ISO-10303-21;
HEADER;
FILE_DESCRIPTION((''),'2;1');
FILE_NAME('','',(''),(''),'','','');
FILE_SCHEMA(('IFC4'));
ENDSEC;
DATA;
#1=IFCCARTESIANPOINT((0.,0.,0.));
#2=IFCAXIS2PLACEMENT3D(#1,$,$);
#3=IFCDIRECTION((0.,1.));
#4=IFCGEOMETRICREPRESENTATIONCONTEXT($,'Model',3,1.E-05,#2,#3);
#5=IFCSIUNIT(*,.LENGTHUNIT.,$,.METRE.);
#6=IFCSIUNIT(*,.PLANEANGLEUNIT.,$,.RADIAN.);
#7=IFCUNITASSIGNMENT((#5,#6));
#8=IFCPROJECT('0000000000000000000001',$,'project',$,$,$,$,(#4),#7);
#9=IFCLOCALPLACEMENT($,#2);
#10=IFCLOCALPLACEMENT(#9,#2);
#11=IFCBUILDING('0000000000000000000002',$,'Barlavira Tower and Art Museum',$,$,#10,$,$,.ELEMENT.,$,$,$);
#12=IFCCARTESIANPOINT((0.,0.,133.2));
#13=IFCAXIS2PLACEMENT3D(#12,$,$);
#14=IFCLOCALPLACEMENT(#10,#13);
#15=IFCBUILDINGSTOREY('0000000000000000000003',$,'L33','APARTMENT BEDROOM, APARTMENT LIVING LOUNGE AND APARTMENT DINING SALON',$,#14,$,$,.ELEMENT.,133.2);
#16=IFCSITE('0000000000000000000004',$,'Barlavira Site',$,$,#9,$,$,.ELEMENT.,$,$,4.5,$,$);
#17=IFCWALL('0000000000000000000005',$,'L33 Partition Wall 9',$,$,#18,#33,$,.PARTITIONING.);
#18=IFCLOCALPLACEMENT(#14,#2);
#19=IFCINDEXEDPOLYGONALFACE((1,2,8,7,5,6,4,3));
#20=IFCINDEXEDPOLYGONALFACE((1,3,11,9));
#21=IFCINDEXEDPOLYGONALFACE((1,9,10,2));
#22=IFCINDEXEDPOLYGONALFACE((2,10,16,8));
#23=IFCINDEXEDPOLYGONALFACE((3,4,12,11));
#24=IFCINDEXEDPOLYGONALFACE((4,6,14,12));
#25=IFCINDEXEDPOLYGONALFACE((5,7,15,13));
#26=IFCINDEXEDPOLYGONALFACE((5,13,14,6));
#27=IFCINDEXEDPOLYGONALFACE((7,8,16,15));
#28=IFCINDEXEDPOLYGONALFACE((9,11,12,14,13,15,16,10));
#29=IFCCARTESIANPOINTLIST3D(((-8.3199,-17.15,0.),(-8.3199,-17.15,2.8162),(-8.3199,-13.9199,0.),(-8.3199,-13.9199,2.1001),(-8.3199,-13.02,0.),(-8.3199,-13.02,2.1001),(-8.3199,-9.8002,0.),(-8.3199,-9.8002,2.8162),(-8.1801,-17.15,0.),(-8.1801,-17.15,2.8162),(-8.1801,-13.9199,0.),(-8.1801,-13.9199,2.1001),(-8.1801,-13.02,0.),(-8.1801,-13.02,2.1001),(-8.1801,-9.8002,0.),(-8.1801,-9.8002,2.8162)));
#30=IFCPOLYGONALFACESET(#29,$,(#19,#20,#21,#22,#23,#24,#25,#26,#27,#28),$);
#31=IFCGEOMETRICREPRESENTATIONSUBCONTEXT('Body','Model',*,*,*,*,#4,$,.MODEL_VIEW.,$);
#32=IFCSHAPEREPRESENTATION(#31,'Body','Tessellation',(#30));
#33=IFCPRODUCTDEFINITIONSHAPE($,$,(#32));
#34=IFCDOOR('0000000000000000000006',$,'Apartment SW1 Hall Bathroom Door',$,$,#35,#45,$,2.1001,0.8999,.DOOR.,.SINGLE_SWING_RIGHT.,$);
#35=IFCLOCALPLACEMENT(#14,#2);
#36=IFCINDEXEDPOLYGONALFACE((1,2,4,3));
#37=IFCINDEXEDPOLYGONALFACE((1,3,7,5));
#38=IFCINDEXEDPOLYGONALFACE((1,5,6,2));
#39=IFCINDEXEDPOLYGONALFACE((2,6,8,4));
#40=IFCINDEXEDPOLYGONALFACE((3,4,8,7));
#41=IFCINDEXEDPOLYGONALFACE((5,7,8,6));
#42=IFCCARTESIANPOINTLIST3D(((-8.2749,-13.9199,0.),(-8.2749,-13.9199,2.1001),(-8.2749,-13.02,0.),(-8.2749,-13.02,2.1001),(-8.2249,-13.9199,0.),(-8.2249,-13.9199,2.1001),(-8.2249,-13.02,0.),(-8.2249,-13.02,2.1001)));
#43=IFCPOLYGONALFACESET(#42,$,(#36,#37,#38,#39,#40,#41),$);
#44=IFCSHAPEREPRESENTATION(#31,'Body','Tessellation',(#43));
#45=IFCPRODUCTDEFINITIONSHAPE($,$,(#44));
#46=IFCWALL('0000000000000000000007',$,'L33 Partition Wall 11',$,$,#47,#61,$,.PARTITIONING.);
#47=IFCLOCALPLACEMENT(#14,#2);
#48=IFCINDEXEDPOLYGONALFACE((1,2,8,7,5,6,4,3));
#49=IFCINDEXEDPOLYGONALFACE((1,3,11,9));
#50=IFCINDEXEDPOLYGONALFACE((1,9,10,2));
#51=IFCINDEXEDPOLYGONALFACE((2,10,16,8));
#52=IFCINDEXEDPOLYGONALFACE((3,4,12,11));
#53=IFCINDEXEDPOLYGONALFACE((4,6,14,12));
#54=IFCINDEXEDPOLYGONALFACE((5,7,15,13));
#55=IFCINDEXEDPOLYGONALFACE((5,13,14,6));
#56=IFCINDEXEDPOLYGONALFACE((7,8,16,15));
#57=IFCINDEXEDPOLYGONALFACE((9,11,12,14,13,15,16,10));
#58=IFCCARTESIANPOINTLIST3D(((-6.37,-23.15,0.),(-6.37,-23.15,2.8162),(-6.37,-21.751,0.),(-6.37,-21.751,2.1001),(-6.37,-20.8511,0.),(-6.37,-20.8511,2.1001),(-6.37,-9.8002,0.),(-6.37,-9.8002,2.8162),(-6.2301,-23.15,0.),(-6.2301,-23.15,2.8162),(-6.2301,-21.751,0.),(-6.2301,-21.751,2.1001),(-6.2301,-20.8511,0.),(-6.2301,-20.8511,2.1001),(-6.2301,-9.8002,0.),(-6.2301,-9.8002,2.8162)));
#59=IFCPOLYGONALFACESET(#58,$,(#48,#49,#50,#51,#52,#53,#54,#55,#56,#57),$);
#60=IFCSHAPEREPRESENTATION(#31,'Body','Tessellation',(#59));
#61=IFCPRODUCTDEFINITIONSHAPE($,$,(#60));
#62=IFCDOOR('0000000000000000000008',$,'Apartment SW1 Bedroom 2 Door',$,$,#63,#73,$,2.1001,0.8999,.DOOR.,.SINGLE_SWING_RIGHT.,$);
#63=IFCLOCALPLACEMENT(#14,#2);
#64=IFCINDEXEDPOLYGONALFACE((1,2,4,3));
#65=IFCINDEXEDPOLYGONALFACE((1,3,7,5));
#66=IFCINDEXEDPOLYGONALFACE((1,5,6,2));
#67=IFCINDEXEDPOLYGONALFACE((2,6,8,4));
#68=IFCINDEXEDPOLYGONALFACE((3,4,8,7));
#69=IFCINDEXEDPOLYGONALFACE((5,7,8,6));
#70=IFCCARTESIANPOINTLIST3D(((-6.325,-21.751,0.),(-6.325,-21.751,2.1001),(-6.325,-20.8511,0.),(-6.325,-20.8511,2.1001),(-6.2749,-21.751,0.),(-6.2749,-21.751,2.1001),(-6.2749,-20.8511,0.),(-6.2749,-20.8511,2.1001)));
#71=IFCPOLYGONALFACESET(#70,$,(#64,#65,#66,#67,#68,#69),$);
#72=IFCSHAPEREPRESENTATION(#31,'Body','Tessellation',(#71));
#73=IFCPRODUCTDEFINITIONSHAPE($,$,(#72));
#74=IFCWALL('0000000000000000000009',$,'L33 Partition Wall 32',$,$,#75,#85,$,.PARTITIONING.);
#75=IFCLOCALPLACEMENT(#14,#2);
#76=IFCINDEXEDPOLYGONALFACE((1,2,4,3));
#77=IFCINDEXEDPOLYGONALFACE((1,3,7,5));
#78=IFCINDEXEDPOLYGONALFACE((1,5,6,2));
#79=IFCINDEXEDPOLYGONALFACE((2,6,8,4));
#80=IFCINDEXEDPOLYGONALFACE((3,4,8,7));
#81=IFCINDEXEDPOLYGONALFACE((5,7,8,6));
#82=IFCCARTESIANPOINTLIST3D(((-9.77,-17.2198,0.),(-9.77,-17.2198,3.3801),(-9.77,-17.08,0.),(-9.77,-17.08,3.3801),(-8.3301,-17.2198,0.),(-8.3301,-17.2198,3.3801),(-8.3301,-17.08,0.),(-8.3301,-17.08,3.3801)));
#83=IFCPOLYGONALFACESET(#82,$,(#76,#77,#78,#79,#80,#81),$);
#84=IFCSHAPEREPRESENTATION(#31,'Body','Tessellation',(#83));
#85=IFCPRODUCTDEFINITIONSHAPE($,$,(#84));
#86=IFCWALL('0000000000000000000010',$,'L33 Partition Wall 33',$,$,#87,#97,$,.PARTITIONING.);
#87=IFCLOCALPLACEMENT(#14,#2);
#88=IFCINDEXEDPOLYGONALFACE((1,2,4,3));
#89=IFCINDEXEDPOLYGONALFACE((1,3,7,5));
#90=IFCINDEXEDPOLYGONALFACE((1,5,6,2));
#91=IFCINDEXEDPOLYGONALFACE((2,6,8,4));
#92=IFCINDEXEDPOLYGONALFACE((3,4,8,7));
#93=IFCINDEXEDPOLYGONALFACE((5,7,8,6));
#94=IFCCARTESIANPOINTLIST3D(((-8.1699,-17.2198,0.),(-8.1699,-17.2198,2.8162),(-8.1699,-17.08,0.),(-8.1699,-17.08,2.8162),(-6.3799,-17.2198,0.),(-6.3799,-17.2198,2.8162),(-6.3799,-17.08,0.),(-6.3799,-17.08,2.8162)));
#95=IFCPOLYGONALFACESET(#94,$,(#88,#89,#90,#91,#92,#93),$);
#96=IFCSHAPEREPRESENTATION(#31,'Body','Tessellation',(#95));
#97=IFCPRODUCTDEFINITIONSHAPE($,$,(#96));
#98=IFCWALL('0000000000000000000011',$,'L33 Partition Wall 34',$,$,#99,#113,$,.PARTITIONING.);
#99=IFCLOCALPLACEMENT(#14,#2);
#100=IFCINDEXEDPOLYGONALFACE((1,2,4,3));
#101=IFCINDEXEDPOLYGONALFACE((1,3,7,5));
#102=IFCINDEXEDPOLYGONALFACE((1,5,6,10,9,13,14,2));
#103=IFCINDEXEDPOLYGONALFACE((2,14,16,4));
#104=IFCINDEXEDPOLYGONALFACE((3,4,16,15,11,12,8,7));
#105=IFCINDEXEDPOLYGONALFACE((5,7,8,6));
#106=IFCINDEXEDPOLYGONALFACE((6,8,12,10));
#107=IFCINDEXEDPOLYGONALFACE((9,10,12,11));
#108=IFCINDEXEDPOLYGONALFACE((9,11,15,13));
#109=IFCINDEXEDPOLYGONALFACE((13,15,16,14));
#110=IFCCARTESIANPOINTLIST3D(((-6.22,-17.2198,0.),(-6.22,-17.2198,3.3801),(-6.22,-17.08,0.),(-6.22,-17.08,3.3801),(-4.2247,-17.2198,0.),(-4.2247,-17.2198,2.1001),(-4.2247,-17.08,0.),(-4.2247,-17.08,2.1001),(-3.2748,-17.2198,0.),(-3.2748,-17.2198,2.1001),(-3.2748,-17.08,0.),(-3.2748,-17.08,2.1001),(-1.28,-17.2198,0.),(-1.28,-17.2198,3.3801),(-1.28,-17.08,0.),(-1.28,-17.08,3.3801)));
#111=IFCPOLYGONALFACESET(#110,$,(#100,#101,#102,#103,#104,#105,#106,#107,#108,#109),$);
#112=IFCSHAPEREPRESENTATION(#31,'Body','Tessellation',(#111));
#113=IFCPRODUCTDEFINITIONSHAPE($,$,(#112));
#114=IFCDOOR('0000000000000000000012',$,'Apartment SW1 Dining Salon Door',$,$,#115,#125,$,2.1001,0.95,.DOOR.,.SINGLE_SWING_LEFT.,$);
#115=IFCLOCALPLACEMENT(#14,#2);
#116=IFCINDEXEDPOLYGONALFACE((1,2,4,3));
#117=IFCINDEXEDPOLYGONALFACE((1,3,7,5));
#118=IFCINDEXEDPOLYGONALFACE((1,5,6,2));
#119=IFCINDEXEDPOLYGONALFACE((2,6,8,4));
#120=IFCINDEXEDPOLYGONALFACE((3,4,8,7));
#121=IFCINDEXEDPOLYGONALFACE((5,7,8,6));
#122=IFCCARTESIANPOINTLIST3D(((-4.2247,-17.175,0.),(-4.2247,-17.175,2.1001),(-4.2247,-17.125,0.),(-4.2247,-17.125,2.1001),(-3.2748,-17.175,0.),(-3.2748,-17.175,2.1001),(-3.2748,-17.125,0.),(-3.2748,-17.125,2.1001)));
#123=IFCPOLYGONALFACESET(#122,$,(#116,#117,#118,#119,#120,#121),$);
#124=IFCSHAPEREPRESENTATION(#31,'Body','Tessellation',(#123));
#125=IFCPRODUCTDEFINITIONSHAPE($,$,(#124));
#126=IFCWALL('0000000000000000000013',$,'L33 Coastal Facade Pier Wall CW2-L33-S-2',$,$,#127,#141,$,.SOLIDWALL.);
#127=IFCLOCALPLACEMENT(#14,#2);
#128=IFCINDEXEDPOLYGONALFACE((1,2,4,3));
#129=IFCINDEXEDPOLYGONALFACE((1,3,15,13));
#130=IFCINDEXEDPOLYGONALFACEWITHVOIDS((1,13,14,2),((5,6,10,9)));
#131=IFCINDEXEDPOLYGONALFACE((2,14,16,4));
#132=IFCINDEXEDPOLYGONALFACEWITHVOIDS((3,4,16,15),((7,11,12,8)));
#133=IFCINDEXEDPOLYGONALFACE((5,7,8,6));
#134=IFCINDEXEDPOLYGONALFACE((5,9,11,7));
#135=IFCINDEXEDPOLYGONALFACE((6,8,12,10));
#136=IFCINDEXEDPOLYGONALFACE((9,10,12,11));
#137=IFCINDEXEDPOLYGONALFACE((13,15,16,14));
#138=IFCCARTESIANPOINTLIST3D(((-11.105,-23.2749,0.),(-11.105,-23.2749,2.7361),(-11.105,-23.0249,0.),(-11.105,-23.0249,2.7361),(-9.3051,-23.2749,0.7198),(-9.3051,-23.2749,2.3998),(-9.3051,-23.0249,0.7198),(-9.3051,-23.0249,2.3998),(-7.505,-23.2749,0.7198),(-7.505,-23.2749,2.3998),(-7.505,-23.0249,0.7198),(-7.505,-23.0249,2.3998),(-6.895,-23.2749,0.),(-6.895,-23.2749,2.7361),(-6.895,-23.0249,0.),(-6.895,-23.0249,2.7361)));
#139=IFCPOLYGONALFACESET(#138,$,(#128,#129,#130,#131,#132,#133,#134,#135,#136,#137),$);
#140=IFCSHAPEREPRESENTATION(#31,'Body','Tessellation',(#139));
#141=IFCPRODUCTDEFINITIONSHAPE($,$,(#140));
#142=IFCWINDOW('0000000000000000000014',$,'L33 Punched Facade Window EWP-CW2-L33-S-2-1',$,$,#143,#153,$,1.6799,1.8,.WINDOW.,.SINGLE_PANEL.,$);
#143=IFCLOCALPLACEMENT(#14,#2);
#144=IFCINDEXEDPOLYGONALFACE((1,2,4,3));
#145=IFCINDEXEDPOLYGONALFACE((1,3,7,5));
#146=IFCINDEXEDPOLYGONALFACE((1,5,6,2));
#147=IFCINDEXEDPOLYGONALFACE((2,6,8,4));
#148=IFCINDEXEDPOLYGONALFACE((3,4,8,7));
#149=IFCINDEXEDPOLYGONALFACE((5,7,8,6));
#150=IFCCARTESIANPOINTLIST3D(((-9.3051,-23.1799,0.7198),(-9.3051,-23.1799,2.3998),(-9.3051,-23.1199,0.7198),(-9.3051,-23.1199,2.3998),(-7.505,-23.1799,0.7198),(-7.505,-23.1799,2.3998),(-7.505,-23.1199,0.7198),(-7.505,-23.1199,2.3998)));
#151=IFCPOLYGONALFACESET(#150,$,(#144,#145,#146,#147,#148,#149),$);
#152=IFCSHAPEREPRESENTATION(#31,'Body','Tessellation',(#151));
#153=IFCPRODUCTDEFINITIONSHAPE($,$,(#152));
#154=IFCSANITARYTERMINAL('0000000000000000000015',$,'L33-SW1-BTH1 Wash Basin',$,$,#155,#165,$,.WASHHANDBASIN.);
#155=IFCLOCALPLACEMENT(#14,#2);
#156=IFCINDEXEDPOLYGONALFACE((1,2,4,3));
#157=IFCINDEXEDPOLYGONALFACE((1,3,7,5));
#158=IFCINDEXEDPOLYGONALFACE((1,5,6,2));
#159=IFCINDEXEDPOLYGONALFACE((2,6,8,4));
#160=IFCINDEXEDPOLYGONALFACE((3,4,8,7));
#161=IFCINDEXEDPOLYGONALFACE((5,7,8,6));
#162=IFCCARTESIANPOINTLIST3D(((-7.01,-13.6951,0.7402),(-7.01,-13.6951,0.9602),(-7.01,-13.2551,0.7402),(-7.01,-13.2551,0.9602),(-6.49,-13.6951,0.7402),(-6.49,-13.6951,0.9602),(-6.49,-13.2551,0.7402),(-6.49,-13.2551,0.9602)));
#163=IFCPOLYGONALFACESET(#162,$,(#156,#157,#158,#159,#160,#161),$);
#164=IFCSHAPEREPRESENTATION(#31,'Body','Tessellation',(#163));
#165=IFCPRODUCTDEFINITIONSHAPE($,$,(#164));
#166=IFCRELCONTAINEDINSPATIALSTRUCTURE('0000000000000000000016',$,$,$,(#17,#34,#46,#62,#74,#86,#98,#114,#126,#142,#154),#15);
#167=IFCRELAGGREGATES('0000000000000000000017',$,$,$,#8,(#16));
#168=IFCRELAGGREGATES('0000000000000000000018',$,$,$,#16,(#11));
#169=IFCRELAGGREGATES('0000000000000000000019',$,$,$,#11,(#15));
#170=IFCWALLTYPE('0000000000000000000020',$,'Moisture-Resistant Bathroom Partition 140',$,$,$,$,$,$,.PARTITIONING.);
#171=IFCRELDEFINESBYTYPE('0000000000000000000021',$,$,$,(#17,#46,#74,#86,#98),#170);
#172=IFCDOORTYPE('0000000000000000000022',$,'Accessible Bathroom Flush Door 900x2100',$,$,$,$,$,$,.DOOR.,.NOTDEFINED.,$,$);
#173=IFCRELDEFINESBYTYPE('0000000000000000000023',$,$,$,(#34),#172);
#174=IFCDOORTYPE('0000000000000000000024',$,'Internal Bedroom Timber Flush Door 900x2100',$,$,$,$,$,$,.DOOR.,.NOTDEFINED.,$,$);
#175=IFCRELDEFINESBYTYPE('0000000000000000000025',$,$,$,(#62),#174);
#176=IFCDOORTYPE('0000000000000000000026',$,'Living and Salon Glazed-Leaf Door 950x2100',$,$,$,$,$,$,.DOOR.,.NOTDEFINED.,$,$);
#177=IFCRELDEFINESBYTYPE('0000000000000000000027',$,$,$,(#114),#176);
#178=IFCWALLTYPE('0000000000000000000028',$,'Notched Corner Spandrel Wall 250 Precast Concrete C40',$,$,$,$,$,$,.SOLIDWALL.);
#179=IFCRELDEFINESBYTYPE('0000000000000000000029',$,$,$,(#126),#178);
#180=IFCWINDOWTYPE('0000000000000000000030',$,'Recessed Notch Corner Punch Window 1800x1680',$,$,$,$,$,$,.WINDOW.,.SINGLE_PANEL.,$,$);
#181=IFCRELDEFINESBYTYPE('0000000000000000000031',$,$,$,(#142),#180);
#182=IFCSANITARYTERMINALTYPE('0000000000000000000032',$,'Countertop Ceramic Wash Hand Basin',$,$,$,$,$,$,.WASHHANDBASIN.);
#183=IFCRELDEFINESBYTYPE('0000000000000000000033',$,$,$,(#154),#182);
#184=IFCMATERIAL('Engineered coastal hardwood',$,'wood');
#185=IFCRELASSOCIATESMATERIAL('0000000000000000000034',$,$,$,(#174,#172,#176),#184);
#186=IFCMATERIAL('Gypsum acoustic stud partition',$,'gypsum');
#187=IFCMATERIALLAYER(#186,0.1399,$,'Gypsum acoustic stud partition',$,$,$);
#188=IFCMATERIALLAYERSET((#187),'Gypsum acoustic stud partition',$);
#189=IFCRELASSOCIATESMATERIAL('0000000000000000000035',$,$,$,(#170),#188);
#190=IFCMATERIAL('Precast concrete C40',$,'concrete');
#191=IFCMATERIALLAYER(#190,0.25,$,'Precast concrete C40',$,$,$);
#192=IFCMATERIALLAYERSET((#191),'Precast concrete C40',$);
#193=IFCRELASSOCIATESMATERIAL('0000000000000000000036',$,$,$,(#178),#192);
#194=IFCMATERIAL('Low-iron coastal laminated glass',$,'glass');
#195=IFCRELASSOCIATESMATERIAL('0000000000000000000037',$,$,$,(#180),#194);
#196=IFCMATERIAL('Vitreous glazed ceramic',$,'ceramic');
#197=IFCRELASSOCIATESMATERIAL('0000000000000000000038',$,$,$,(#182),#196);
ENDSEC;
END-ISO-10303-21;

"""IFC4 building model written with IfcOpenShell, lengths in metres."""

from ifc_helpers import new_model, si_unit, direction, frame, frame_2d, origin, origin_2d, place, context, subcontext, project, spatial, rectangle, extrude, material, layer, layer_set, type_object, element, fill, save


model = new_model("IFC4")

# Units and contexts
model_context = context("Model", 3, precision=1e-05, world=origin(), true_north=direction((0.0, 1.0)))
body_context = subcontext(model_context, "Body", "Model", "MODEL_VIEW")
ifc_project = project(units=[si_unit("LENGTHUNIT", "METRE"), si_unit("PLANEANGLEUNIT", "RADIAN")], contexts=[model_context])

# Site, building, storey
site_placement = place(None, origin())
site = spatial("IfcSite", under=ifc_project, at=site_placement, Name="Barlavira Site", CompositionType="ELEMENT", RefElevation=4.5)
building_placement = place(site_placement, origin())
building = spatial("IfcBuilding", under=site, at=building_placement, Name="Barlavira Tower and Art Museum", CompositionType="ELEMENT")
storey_placement = place(building_placement, frame((0.0, 0.0, 133.2)))
storey = spatial("IfcBuildingStorey", under=building, at=storey_placement, Name="L33", Description="APARTMENT BEDROOM, APARTMENT LIVING LOUNGE AND APARTMENT DINING SALON", CompositionType="ELEMENT", Elevation=133.2)

# Shared definitions
ifc_material_1 = material(Name="Low-iron coastal laminated glass", Category="glass")

# Walls, openings, doors
ifc_material_2 = material(Name="Gypsum acoustic stud partition", Category="gypsum")
ifc_material_3 = material(Name="Engineered coastal hardwood", Category="wood")
door_type_1 = type_object("IfcDoorType", Name="Internal Bedroom Timber Flush Door 900x2100", OperationType="NOTDEFINED", PredefinedType="DOOR", material=ifc_material_3)
ifc_layer_1 = layer(ifc_material_2, 0.1399, Name="Gypsum acoustic stud partition")
ifc_layer_set_1 = layer_set([ifc_layer_1], Name="Gypsum acoustic stud partition")
wall_type_1 = type_object("IfcWallType", Name="Moisture-Resistant Bathroom Partition 140", PredefinedType="PARTITIONING", material=ifc_layer_set_1)
wall_1_placement = place(storey_placement, frame((-8.25, -17.1499, 0.0), z_axis=(0.0, 0.0, 1.0), x_axis=(0.0, 1.0, 0.0)))
wall_1 = element("IfcWall", 1, at=wall_1_placement, inside=storey, type_object=wall_type_1, Name="L33 Partition Wall 9", PredefinedType="PARTITIONING", context=body_context, shape_type="SweptSolid", body=[
    extrude(rectangle(XDim=7.3499, YDim=0.1399, at=frame_2d((3.6748, 0.0))), origin(), (0.0, 0.0, 1.0), 2.8162),
])
opening_1_placement = place(wall_1_placement, frame((3.23, 0.0, 0.0)))
opening_1 = element("IfcOpeningElement", 2, at=opening_1_placement, cuts=wall_1, PredefinedType="OPENING", context=body_context, shape_type="SweptSolid", body=[
    extrude(rectangle(XDim=0.8999, YDim=2.1001, at=frame_2d((0.45, 1.05))), frame((0.0, 0.0801, 0.0), z_axis=(0.0, -1.0, 0.0), x_axis=(1.0, 0.0, 0.0)), (0.0, 0.0, 1.0), 0.1599),
])
door_type_2 = type_object("IfcDoorType", Name="Accessible Bathroom Flush Door 900x2100", OperationType="NOTDEFINED", PredefinedType="DOOR", material=ifc_material_3)
door_1_placement = place(opening_1_placement, origin())
door_1 = element("IfcDoor", 3, at=door_1_placement, inside=storey, type_object=door_type_2, Name="Apartment SW1 Hall Bathroom Door", OperationType="SINGLE_SWING_RIGHT", OverallHeight=2.1001, OverallWidth=0.8999, PredefinedType="DOOR", context=body_context, shape_type="SweptSolid", body=[
    extrude(rectangle(XDim=0.8999, YDim=2.1001, at=frame_2d((0.45, 1.05))), frame((0.0, 0.0249, 0.0), z_axis=(0.0, -1.0, 0.0), x_axis=(1.0, 0.0, 0.0)), (0.0, 0.0, 1.0), 0.05),
])
fill(opening_1, door_1)
wall_2_placement = place(storey_placement, frame((-6.3, -23.1499, 0.0), z_axis=(0.0, 0.0, 1.0), x_axis=(0.0, 1.0, 0.0)))
wall_2 = element("IfcWall", 4, at=wall_2_placement, inside=storey, type_object=wall_type_1, Name="L33 Partition Wall 11", PredefinedType="PARTITIONING", context=body_context, shape_type="SweptSolid", body=[
    extrude(rectangle(XDim=13.3499, YDim=0.1399, at=frame_2d((6.6748, 0.0))), origin(), (0.0, 0.0, 1.0), 2.8162),
])
opening_2_placement = place(wall_2_placement, frame((1.3989, 0.0, 0.0)))
opening_2 = element("IfcOpeningElement", 5, at=opening_2_placement, cuts=wall_2, PredefinedType="OPENING", context=body_context, shape_type="SweptSolid", body=[
    extrude(rectangle(XDim=0.8999, YDim=2.1001, at=frame_2d((0.45, 1.05))), frame((0.0, 0.0801, 0.0), z_axis=(0.0, -1.0, 0.0), x_axis=(1.0, 0.0, 0.0)), (0.0, 0.0, 1.0), 0.1599),
])
door_2_placement = place(opening_2_placement, origin())
door_2 = element("IfcDoor", 6, at=door_2_placement, inside=storey, type_object=door_type_1, Name="Apartment SW1 Bedroom 2 Door", OperationType="SINGLE_SWING_RIGHT", OverallHeight=2.1001, OverallWidth=0.8999, PredefinedType="DOOR", context=body_context, shape_type="SweptSolid", body=[
    extrude(rectangle(XDim=0.8999, YDim=2.1001, at=frame_2d((0.45, 1.05))), frame((0.0, 0.0249, 0.0), z_axis=(0.0, -1.0, 0.0), x_axis=(1.0, 0.0, 0.0)), (0.0, 0.0, 1.0), 0.05),
])
fill(opening_2, door_2)

# Walls
wall_3_placement = place(storey_placement, frame((-9.77, -17.1499, 0.0), z_axis=(0.0, 0.0, 1.0), x_axis=(1.0, 0.0, 0.0)))
element("IfcWall", 7, at=wall_3_placement, inside=storey, type_object=wall_type_1, Name="L33 Partition Wall 32", PredefinedType="PARTITIONING", context=body_context, shape_type="SweptSolid", body=[
    extrude(rectangle(XDim=1.4399, YDim=0.1399, at=frame_2d((0.72, 0.0))), origin(), (0.0, 0.0, 1.0), 3.3801),
])
wall_4_placement = place(storey_placement, frame((-8.1699, -17.1499, 0.0), z_axis=(0.0, 0.0, 1.0), x_axis=(1.0, 0.0, 0.0)))
element("IfcWall", 8, at=wall_4_placement, inside=storey, type_object=wall_type_1, Name="L33 Partition Wall 33", PredefinedType="PARTITIONING", context=body_context, shape_type="SweptSolid", body=[
    extrude(rectangle(XDim=1.79, YDim=0.1399, at=frame_2d((0.895, 0.0))), origin(), (0.0, 0.0, 1.0), 2.8162),
])

# Wall, opening, door
wall_5_placement = place(storey_placement, frame((-6.22, -17.1499, 0.0), z_axis=(0.0, 0.0, 1.0), x_axis=(1.0, 0.0, 0.0)))
wall_5 = element("IfcWall", 9, at=wall_5_placement, inside=storey, type_object=wall_type_1, Name="L33 Partition Wall 34", PredefinedType="PARTITIONING", context=body_context, shape_type="SweptSolid", body=[
    extrude(rectangle(XDim=4.9399, YDim=0.1399, at=frame_2d((2.47, 0.0))), origin(), (0.0, 0.0, 1.0), 3.3801),
])
opening_3_placement = place(wall_5_placement, frame((1.9951, 0.0, 0.0)))
opening_3 = element("IfcOpeningElement", 10, at=opening_3_placement, cuts=wall_5, PredefinedType="OPENING", context=body_context, shape_type="SweptSolid", body=[
    extrude(rectangle(XDim=0.95, YDim=2.1001, at=frame_2d((0.4751, 1.05))), frame((0.0, 0.0801, 0.0), z_axis=(0.0, -1.0, 0.0), x_axis=(1.0, 0.0, 0.0)), (0.0, 0.0, 1.0), 0.1599),
])
door_type_3 = type_object("IfcDoorType", Name="Living and Salon Glazed-Leaf Door 950x2100", OperationType="NOTDEFINED", PredefinedType="DOOR", material=ifc_material_3)
door_3_placement = place(opening_3_placement, origin())
door_3 = element("IfcDoor", 11, at=door_3_placement, inside=storey, type_object=door_type_3, Name="Apartment SW1 Dining Salon Door", OperationType="SINGLE_SWING_LEFT", OverallHeight=2.1001, OverallWidth=0.95, PredefinedType="DOOR", context=body_context, shape_type="SweptSolid", body=[
    extrude(rectangle(XDim=0.95, YDim=2.1001, at=frame_2d((0.4751, 1.05))), frame((0.0, 0.0249, 0.0), z_axis=(0.0, -1.0, 0.0), x_axis=(1.0, 0.0, 0.0)), (0.0, 0.0, 1.0), 0.05),
])
fill(opening_3, door_3)

# Wall, opening, window
ifc_material_4 = material(Name="Precast concrete C40", Category="concrete")
ifc_layer_2 = layer(ifc_material_4, 0.25, Name="Precast concrete C40")
ifc_layer_set_2 = layer_set([ifc_layer_2], Name="Precast concrete C40")
wall_type_2 = type_object("IfcWallType", Name="Notched Corner Spandrel Wall 250 Precast Concrete C40", PredefinedType="SOLIDWALL", material=ifc_layer_set_2)
wall_6_placement = place(storey_placement, frame((-11.105, -23.1499, 0.0), z_axis=(0.0, 0.0, 1.0), x_axis=(1.0, 0.0, 0.0)))
wall_6 = element("IfcWall", 12, at=wall_6_placement, inside=storey, type_object=wall_type_2, Name="L33 Coastal Facade Pier Wall CW2-L33-S-2", PredefinedType="SOLIDWALL", context=body_context, shape_type="SweptSolid", body=[
    extrude(rectangle(XDim=4.21, YDim=0.25, at=frame_2d((2.105, 0.0))), origin(), (0.0, 0.0, 1.0), 2.7361),
])
opening_4_placement = place(wall_6_placement, frame((1.8, 0.0, 0.72)))
opening_4 = element("IfcOpeningElement", 13, at=opening_4_placement, cuts=wall_6, PredefinedType="OPENING", context=body_context, shape_type="SweptSolid", body=[
    extrude(rectangle(XDim=1.8, YDim=1.6799, at=frame_2d((0.8999, 0.8398))), frame((0.0, 0.135, 0.0), z_axis=(0.0, -1.0, 0.0), x_axis=(1.0, 0.0, 0.0)), (0.0, 0.0, 1.0), 0.27),
])
window_type = type_object("IfcWindowType", Name="Recessed Notch Corner Punch Window 1800x1680", PartitioningType="SINGLE_PANEL", PredefinedType="WINDOW", material=ifc_material_1)
window_placement = place(opening_4_placement, origin())
window = element("IfcWindow", 14, at=window_placement, inside=storey, type_object=window_type, Name="L33 Punched Facade Window EWP-CW2-L33-S-2-1", OverallHeight=1.6799, OverallWidth=1.8, PartitioningType="SINGLE_PANEL", PredefinedType="WINDOW", context=body_context, shape_type="SweptSolid", body=[
    extrude(rectangle(XDim=1.8, YDim=1.6799, at=frame_2d((0.8999, 0.8398))), frame((0.0, 0.03, 0.0), z_axis=(0.0, -1.0, 0.0), x_axis=(1.0, 0.0, 0.0)), (0.0, 0.0, 1.0), 0.0601),
])
fill(opening_4, window)

# Sanitary terminal
ifc_material_5 = material(Name="Vitreous glazed ceramic", Category="ceramic")
sanitary_terminal_type_1 = type_object("IfcSanitaryTerminalType", Name="Countertop Ceramic Wash Hand Basin", PredefinedType="WASHHANDBASIN", material=ifc_material_5)
sanitary_terminal_1_placement = place(storey_placement, frame((-6.75, -13.4751, 0.7402), z_axis=(0.0, 0.0, 1.0), x_axis=(1.0, 0.0, 0.0)))
element("IfcSanitaryTerminal", 15, at=sanitary_terminal_1_placement, inside=storey, type_object=sanitary_terminal_type_1, Name="L33-SW1-BTH1 Wash Basin", PredefinedType="WASHHANDBASIN", context=body_context, shape_type="SweptSolid", body=[
    extrude(rectangle(XDim=0.52, YDim=0.4399, at=origin_2d()), origin(), (0.0, 0.0, 1.0), 0.22),
])

save(model, "model.ifc")
